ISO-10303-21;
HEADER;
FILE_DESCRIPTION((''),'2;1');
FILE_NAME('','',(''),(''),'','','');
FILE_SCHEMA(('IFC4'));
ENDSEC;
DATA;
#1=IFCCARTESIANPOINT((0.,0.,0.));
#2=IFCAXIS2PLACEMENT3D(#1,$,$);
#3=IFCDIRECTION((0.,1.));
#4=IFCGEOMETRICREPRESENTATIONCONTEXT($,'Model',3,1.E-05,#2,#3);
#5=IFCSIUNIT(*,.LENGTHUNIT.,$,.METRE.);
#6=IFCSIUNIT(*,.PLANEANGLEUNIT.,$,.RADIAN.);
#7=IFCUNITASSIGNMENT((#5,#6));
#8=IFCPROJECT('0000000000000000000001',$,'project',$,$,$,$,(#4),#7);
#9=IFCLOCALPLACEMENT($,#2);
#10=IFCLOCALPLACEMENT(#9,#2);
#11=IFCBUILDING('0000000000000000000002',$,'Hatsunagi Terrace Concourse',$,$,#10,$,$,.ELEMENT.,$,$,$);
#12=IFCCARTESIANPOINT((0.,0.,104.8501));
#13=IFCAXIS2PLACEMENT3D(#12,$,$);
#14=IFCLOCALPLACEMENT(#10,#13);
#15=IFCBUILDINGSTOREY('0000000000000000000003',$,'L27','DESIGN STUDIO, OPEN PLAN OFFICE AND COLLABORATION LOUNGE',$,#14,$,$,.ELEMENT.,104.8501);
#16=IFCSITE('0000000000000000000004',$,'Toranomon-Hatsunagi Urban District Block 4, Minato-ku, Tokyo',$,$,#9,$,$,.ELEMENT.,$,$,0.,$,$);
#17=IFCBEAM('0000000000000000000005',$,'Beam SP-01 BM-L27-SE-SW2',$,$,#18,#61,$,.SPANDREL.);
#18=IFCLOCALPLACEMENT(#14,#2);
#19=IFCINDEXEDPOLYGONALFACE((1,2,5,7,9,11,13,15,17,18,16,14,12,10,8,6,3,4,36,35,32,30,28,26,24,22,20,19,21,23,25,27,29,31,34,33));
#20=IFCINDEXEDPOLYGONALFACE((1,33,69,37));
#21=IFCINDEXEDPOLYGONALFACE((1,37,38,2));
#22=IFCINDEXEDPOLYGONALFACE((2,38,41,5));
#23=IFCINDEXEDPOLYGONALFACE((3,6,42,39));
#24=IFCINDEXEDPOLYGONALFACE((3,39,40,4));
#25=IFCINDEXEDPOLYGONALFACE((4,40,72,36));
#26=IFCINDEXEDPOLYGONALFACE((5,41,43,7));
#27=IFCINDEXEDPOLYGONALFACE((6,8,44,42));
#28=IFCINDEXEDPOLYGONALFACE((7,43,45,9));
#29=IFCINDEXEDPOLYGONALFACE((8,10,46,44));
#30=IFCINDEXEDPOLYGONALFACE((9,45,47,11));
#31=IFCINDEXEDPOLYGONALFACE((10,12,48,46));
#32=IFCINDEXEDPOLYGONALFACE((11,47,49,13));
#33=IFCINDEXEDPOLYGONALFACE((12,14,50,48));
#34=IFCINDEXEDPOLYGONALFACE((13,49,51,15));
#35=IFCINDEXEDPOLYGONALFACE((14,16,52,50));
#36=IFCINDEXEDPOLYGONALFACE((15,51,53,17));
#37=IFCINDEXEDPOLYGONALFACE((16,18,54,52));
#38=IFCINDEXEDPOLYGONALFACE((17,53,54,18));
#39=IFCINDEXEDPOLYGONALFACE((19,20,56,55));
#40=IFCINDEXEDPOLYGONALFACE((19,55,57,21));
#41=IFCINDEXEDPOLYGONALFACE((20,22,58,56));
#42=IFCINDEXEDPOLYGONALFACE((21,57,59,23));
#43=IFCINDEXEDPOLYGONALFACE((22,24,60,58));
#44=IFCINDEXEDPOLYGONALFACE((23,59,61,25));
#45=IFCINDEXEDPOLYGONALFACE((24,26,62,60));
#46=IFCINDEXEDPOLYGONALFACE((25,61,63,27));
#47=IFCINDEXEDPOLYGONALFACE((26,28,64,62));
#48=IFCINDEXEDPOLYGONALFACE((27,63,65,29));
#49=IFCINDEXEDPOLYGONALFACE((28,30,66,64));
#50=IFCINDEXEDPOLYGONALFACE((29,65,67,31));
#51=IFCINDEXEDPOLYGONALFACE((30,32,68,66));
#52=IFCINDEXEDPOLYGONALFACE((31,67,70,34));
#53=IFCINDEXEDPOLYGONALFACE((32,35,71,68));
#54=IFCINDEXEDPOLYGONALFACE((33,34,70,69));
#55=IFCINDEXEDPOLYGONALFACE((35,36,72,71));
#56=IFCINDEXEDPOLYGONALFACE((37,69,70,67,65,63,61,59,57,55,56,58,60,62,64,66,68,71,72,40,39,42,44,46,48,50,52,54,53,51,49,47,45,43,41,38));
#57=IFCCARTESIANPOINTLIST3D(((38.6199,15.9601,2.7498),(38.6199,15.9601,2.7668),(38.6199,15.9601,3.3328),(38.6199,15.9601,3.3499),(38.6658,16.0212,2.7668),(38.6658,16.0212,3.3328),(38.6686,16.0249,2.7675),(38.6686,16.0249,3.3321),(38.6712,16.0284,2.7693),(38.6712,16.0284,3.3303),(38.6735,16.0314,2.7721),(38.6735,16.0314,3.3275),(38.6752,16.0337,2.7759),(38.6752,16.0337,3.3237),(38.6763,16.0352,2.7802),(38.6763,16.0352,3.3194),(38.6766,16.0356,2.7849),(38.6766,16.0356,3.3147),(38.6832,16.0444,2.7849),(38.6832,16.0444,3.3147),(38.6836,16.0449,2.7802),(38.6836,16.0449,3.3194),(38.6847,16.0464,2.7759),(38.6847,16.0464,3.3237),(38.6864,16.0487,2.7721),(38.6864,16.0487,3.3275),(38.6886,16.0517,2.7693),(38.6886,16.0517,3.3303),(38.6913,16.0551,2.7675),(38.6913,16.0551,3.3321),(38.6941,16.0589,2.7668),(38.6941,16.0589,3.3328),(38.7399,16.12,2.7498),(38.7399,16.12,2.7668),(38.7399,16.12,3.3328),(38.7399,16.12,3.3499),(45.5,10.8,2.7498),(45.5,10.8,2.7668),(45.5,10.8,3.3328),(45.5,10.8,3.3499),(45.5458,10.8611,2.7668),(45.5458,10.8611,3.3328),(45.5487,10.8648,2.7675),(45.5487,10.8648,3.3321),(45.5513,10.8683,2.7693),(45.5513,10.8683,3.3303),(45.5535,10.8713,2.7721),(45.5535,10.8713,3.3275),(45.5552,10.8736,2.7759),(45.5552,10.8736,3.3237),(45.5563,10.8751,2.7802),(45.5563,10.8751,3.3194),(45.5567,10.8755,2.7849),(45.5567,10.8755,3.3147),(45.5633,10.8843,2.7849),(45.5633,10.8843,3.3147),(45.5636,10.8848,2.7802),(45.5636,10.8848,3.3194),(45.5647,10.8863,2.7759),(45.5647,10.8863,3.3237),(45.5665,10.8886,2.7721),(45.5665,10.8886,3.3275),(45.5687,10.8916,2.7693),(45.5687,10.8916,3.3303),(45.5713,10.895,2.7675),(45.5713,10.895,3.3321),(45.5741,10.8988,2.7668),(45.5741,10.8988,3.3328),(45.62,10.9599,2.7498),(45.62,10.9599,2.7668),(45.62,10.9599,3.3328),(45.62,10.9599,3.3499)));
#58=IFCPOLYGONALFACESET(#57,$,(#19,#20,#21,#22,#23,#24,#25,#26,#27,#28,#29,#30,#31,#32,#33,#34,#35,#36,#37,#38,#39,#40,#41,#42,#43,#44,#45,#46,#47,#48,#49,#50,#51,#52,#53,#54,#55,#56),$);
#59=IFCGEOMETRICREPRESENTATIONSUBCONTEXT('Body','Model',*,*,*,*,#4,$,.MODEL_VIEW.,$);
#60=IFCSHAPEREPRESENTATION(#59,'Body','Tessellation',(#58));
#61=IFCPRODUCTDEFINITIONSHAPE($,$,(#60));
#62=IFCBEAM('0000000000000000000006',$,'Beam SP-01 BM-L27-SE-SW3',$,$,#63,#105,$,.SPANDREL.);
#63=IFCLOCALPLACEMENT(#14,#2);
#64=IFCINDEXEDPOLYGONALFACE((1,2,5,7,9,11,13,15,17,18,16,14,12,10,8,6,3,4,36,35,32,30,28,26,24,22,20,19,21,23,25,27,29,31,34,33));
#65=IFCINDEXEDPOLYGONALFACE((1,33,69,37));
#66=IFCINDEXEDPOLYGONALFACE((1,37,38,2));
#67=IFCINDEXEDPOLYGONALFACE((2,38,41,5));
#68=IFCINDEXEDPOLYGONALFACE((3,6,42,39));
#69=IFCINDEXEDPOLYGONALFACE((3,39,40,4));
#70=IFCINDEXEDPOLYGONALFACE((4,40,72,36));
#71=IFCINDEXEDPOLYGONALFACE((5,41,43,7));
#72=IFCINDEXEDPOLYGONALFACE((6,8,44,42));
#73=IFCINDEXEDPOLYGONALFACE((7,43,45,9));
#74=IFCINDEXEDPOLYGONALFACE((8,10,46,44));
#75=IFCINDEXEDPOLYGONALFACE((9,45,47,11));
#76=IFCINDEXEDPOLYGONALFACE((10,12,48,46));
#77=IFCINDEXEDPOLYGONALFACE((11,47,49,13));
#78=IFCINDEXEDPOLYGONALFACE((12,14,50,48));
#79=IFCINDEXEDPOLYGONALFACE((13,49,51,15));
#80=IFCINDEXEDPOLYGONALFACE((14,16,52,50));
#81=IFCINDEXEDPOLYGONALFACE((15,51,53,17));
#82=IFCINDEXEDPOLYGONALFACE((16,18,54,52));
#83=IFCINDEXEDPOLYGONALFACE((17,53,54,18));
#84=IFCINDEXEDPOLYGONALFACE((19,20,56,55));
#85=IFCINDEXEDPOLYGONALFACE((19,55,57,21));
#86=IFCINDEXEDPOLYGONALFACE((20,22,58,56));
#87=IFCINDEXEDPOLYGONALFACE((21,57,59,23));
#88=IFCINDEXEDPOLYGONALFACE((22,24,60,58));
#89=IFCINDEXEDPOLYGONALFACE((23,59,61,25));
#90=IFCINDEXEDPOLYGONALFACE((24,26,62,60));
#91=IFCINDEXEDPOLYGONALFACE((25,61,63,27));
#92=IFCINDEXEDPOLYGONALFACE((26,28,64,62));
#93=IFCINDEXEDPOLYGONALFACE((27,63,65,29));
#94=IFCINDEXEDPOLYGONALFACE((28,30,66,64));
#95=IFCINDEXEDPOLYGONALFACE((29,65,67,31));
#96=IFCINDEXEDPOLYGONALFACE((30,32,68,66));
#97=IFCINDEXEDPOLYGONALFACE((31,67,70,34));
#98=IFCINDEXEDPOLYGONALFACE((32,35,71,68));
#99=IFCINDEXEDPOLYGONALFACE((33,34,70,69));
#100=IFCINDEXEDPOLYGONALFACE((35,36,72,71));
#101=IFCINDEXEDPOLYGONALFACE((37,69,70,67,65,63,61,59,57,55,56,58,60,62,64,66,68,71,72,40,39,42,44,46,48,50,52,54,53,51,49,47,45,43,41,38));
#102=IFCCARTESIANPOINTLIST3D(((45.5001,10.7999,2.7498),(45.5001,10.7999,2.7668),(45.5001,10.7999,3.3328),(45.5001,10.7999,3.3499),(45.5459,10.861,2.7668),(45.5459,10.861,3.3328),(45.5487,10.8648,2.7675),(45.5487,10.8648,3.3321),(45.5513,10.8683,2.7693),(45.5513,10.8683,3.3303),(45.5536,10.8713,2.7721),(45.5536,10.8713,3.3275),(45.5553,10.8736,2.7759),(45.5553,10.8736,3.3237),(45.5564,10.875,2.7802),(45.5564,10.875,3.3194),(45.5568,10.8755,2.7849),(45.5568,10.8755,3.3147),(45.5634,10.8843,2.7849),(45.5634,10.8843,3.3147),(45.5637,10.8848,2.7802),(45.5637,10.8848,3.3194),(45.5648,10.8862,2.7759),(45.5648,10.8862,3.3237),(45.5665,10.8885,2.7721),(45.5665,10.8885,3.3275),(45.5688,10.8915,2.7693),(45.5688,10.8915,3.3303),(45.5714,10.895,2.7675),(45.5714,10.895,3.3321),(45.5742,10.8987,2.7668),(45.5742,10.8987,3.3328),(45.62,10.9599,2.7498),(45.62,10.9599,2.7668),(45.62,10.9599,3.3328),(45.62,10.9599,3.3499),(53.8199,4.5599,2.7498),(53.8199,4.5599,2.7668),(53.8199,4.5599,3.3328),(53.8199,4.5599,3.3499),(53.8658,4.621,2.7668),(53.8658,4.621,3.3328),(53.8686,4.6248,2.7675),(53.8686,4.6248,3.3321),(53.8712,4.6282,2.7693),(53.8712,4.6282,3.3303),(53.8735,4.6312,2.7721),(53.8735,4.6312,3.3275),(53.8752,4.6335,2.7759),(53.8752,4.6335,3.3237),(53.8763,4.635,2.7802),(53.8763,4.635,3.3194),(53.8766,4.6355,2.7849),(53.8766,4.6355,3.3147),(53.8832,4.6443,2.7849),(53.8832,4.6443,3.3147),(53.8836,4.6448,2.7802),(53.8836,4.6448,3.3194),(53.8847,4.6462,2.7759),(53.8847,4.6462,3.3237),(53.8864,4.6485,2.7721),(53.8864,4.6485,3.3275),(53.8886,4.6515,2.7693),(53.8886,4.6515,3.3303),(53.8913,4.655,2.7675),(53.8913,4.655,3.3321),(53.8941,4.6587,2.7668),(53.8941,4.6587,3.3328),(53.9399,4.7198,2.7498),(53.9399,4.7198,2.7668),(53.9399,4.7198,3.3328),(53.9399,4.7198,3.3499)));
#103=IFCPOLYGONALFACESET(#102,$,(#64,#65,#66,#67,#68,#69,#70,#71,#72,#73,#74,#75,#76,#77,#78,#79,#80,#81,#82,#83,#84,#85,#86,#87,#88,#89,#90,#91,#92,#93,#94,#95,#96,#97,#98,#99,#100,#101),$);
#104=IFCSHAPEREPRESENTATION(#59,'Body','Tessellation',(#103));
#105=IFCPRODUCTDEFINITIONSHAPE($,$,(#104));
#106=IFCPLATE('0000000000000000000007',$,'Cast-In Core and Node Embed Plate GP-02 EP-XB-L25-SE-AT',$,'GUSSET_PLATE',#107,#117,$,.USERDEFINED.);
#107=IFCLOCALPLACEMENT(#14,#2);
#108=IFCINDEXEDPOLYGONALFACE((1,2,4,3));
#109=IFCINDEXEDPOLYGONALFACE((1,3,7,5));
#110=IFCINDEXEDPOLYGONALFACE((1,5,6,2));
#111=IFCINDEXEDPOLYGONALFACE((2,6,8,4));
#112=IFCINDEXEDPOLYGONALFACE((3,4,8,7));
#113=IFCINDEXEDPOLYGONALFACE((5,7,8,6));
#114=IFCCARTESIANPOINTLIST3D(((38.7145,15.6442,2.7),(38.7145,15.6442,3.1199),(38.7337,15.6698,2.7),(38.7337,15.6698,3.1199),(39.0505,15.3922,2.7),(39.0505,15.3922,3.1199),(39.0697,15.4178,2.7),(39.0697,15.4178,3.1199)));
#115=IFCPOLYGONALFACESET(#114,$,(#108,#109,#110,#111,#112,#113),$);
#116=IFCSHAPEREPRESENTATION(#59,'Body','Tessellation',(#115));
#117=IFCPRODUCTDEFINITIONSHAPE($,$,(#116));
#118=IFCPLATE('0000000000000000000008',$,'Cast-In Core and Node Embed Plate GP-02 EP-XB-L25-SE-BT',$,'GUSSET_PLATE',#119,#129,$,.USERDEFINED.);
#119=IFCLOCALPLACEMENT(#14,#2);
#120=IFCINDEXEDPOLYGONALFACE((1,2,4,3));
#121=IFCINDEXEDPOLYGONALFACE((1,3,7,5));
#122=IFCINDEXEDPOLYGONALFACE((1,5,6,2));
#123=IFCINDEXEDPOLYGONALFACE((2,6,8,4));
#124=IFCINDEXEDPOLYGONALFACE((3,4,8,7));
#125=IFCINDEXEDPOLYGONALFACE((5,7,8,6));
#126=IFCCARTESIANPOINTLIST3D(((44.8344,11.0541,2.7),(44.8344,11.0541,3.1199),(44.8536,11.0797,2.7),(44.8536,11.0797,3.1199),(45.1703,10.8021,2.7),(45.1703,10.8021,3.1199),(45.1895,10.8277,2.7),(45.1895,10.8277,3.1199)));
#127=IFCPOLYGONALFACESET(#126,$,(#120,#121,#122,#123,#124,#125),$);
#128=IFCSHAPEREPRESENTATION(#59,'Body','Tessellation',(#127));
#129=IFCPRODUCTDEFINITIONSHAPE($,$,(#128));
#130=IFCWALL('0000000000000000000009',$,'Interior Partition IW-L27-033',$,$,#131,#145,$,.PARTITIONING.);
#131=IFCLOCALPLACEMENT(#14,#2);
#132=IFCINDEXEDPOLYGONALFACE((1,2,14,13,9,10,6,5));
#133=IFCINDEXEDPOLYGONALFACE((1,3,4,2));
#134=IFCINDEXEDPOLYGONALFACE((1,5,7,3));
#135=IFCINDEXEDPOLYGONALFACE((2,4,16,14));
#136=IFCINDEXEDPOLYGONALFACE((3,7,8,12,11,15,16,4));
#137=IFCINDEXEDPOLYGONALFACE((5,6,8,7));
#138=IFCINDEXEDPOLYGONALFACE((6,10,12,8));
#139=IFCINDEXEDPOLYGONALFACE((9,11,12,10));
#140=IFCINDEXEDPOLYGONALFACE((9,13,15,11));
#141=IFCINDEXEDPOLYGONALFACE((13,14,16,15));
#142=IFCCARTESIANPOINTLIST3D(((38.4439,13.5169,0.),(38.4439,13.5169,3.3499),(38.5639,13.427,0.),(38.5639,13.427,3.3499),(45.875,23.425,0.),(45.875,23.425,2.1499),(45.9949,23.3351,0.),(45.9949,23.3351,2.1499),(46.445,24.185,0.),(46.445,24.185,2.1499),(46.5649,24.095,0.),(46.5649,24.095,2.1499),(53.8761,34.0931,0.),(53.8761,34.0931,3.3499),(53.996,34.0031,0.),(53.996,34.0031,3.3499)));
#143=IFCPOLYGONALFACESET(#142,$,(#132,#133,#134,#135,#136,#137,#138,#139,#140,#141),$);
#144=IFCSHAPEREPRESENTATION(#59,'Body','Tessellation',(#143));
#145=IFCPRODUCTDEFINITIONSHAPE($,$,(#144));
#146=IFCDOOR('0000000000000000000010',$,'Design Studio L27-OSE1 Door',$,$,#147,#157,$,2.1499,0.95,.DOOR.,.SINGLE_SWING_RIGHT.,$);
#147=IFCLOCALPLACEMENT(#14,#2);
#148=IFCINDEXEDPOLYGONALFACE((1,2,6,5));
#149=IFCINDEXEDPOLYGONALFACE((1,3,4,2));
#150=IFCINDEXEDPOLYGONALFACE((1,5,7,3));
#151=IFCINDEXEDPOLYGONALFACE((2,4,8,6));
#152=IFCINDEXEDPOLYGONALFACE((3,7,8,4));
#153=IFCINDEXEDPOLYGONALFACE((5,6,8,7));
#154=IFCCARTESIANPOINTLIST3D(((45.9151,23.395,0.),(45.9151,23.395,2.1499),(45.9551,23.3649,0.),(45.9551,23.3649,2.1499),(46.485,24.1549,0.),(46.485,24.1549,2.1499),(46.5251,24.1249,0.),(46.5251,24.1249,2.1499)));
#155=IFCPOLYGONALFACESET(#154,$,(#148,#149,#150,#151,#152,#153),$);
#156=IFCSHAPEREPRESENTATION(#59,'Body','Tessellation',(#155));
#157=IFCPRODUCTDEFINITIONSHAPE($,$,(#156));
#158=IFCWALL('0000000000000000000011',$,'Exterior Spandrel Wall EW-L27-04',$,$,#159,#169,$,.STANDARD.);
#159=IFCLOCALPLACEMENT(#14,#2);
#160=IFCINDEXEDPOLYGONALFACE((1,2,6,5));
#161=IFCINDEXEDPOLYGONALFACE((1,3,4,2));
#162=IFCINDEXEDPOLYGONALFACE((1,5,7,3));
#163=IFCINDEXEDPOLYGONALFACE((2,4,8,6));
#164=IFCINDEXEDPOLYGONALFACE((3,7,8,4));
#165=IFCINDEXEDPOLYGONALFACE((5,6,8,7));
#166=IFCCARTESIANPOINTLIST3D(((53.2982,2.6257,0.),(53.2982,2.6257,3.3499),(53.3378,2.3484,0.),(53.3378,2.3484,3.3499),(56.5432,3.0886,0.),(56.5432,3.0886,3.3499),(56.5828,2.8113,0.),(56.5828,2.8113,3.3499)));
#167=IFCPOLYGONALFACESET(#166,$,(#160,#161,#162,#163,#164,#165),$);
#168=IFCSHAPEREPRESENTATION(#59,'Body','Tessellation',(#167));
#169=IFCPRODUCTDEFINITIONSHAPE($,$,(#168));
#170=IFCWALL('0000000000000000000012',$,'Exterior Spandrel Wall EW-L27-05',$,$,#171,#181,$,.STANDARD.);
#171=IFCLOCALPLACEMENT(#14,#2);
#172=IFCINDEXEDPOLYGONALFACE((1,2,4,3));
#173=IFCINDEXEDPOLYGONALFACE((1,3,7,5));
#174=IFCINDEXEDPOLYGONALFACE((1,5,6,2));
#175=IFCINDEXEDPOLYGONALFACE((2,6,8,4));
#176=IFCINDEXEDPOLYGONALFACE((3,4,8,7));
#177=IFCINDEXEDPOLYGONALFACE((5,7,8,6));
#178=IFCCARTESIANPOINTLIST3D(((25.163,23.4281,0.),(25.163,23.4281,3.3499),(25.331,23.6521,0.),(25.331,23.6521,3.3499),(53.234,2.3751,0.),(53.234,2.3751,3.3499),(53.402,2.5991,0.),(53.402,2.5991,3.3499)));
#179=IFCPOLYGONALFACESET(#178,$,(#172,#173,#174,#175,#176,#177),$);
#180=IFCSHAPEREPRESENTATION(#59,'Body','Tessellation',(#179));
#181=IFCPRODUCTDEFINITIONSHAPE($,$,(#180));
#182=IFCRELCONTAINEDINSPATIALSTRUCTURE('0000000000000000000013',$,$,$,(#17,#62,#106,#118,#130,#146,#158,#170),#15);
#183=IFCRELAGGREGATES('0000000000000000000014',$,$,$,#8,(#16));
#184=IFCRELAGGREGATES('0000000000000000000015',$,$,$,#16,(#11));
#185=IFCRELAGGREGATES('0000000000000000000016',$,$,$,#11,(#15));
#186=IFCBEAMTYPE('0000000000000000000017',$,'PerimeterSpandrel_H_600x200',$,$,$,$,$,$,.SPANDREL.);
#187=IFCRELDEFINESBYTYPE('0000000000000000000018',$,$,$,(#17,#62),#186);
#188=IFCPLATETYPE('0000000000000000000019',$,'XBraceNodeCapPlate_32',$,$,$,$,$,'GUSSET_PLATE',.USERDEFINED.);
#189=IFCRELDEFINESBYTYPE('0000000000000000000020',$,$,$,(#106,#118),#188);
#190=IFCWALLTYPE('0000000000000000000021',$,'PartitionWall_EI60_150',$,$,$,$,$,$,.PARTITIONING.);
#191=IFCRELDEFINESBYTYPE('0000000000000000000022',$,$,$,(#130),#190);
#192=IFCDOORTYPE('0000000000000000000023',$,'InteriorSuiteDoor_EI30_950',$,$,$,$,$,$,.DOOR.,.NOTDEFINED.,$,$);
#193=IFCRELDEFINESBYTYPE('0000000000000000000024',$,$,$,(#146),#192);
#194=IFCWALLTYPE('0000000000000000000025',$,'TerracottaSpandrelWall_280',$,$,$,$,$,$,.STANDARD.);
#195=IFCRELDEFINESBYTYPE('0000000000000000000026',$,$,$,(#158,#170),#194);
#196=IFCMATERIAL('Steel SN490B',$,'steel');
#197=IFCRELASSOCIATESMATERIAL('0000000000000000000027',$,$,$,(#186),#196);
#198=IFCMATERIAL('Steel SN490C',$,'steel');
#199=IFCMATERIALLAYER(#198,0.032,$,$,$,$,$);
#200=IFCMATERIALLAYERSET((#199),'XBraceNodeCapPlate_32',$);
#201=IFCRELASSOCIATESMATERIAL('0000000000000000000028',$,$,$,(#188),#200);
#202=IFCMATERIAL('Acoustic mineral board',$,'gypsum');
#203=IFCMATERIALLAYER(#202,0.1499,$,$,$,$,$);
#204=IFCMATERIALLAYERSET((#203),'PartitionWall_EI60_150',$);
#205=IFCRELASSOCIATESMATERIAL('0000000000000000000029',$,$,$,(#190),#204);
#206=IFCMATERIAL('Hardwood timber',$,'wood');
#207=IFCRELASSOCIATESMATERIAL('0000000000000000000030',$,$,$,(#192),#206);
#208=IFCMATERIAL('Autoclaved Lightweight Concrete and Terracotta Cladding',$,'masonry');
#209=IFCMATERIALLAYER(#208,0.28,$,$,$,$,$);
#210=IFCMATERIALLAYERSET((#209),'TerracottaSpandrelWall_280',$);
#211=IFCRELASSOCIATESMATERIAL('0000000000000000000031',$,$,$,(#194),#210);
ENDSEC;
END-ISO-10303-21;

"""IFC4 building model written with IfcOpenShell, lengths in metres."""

from ifc_helpers import new_model, si_unit, direction, frame, frame_2d, origin, origin_2d, place, context, subcontext, project, spatial, rectangle, i_section, extrude, material, layer, layer_set, material_profile, profile_set, type_object, element, fill, save


model = new_model("IFC4")

# Units and contexts
model_context = context("Model", 3, precision=1e-05, world=origin(), true_north=direction((0.0, 1.0)))
body_context = subcontext(model_context, "Body", "Model", "MODEL_VIEW")
ifc_project = project(units=[si_unit("LENGTHUNIT", "METRE"), si_unit("PLANEANGLEUNIT", "RADIAN")], contexts=[model_context])

# Site, building, storey
site_placement = place(None, origin())
site = spatial("IfcSite", under=ifc_project, at=site_placement, Name="Toranomon-Hatsunagi Urban District Block 4, Minato-ku, Tokyo", CompositionType="ELEMENT", RefElevation=0.0)
building_placement = place(site_placement, origin())
building = spatial("IfcBuilding", under=site, at=building_placement, Name="Hatsunagi Terrace Concourse", CompositionType="ELEMENT")
storey_placement = place(building_placement, frame((0.0, 0.0, 104.8501)))
storey = spatial("IfcBuildingStorey", under=building, at=storey_placement, Name="L27", Description="DESIGN STUDIO, OPEN PLAN OFFICE AND COLLABORATION LOUNGE", CompositionType="ELEMENT", Elevation=104.8501)

# Beams
ifc_material_1 = material(Name="Steel SN490B", Category="steel")
ifc_material_profile_1 = material_profile(ifc_material_1, i_section(OverallWidth=0.2, OverallDepth=0.6001, WebThickness=0.011, FlangeThickness=0.0171, FilletRadius=0.0181, at=origin_2d()), Name="H-600x200x11x17")
ifc_profile_set_1 = profile_set([ifc_material_profile_1], Name="Steel SN490B")
beam_type_1 = type_object("IfcBeamType", Name="PerimeterSpandrel_H_600x200", PredefinedType="SPANDREL", material=ifc_profile_set_1)
beam_1_placement = place(storey_placement, frame((38.6799, 16.04, 3.0498), z_axis=(0.799997, -0.600005, 0.0), x_axis=(0.600005, 0.799997, 0.0)))
element("IfcBeam", 1, at=beam_1_placement, inside=storey, type_object=beam_type_1, Name="Beam SP-01 BM-L27-SE-SW2", PredefinedType="SPANDREL", context=body_context, shape_type="SweptSolid", body=[
    extrude(i_section(OverallWidth=0.2, OverallDepth=0.6001, WebThickness=0.011, FlangeThickness=0.0171, FilletRadius=0.0181, at=origin_2d()), origin(), (0.0, 0.0, 1.0), 8.6001),
])
beam_2_placement = place(storey_placement, frame((45.5601, 10.8799, 3.0498), z_axis=(0.799994, -0.600008, 0.0), x_axis=(0.600008, 0.799994, 0.0)))
element("IfcBeam", 2, at=beam_2_placement, inside=storey, type_object=beam_type_1, Name="Beam SP-01 BM-L27-SE-SW3", PredefinedType="SPANDREL", context=body_context, shape_type="SweptSolid", body=[
    extrude(i_section(OverallWidth=0.2, OverallDepth=0.6001, WebThickness=0.011, FlangeThickness=0.0171, FilletRadius=0.0181, at=origin_2d()), origin(), (0.0, 0.0, 1.0), 10.3999),
])

# Plates
ifc_material_2 = material(Name="Steel SN490C", Category="steel")
ifc_layer_1 = layer(ifc_material_2, 0.032)
ifc_layer_set_1 = layer_set([ifc_layer_1], Name="XBraceNodeCapPlate_32")
plate_type = type_object("IfcPlateType", Name="XBraceNodeCapPlate_32", ElementType="GUSSET_PLATE", PredefinedType="USERDEFINED", material=ifc_layer_set_1)
for number, where, z_axis, x_axis, name in (
    (3, (38.8921, 15.531, 2.7), (0.0, 0.0, 1.0), (0.8, -0.6, 0.0), "Cast-In Core and Node Embed Plate GP-02 EP-XB-L25-SE-AT"),
    (4, (45.012, 10.9409, 2.7), (0.0, 0.0, 1.0), (0.8, -0.6, 0.0), "Cast-In Core and Node Embed Plate GP-02 EP-XB-L25-SE-BT"),
):
    element("IfcPlate", number, at=place(storey_placement, frame(where, z_axis=z_axis, x_axis=x_axis)), inside=storey, type_object=plate_type, Name=name, ObjectType="GUSSET_PLATE", PredefinedType="USERDEFINED", context=body_context, shape_type="SweptSolid", body=[
        extrude(rectangle(XDim=0.4199, YDim=0.032, at=origin_2d()), origin(), (0.0, 0.0, 1.0), 0.4199),
    ])

# Wall, opening, door
ifc_material_3 = material(Name="Acoustic mineral board", Category="gypsum")
ifc_layer_2 = layer(ifc_material_3, 0.1499)
ifc_layer_set_2 = layer_set([ifc_layer_2], Name="PartitionWall_EI60_150")
wall_type_1 = type_object("IfcWallType", Name="PartitionWall_EI60_150", PredefinedType="PARTITIONING", material=ifc_layer_set_2)
wall_1_placement = place(storey_placement, frame((38.5039, 13.4719, 0.0), z_axis=(0.0, 0.0, 1.0), x_axis=(0.6, 0.8, 0.0)))
wall_1 = element("IfcWall", 5, at=wall_1_placement, inside=storey, type_object=wall_type_1, Name="Interior Partition IW-L27-033", PredefinedType="PARTITIONING", context=body_context, shape_type="SweptSolid", body=[
    extrude(rectangle(XDim=25.7202, YDim=0.1499, at=frame_2d((12.8601, 0.0))), origin(), (0.0, 0.0, 1.0), 3.3499),
])
opening_placement = place(wall_1_placement, frame((12.385, 0.0, 0.0)))
opening = element("IfcOpeningElement", 6, at=opening_placement, cuts=wall_1, PredefinedType="OPENING", context=body_context, shape_type="SweptSolid", body=[
    extrude(rectangle(XDim=0.95, YDim=2.1499, at=frame_2d((0.4751, 1.075))), frame((0.0, 0.085, 0.0), z_axis=(0.0, -1.0, 0.0), x_axis=(1.0, 0.0, 0.0)), (0.0, 0.0, 1.0), 0.1699),
])
ifc_material_4 = material(Name="Hardwood timber", Category="wood")
door_type = type_object("IfcDoorType", Name="InteriorSuiteDoor_EI30_950", OperationType="NOTDEFINED", PredefinedType="DOOR", material=ifc_material_4)
door_placement = place(opening_placement, origin())
door = element("IfcDoor", 7, at=door_placement, inside=storey, type_object=door_type, Name="Design Studio L27-OSE1 Door", OperationType="SINGLE_SWING_RIGHT", OverallHeight=2.1499, OverallWidth=0.95, PredefinedType="DOOR", context=body_context, shape_type="SweptSolid", body=[
    extrude(rectangle(XDim=0.95, YDim=2.1499, at=frame_2d((0.4751, 1.075))), frame((0.0, 0.0249, 0.0), z_axis=(0.0, -1.0, 0.0), x_axis=(1.0, 0.0, 0.0)), (0.0, 0.0, 1.0), 0.05),
])
fill(opening, door)

# Walls
ifc_material_5 = material(Name="Autoclaved Lightweight Concrete and Terracotta Cladding", Category="masonry")
ifc_layer_3 = layer(ifc_material_5, 0.28)
ifc_layer_set_3 = layer_set([ifc_layer_3], Name="TerracottaSpandrelWall_280")
wall_type_2 = type_object("IfcWallType", Name="TerracottaSpandrelWall_280", PredefinedType="STANDARD", material=ifc_layer_set_3)
wall_2_placement = place(storey_placement, frame((56.563, 2.95, 0.0), z_axis=(0.0, 0.0, 1.0), x_axis=(-0.989978, -0.141223, 0.0)))
element("IfcWall", 8, at=wall_2_placement, inside=storey, type_object=wall_type_2, Name="Exterior Spandrel Wall EW-L27-04", PredefinedType="STANDARD", context=body_context, shape_type="SweptSolid", body=[
    extrude(rectangle(XDim=3.2778, YDim=0.28, at=frame_2d((1.6389, 0.0))), origin(), (0.0, 0.0, 1.0), 3.3499),
])
wall_3_placement = place(storey_placement, frame((53.3181, 2.4871, 0.0), z_axis=(0.0, 0.0, 1.0), x_axis=(-0.800004, 0.599994, 0.0)))
element("IfcWall", 9, at=wall_3_placement, inside=storey, type_object=wall_type_2, Name="Exterior Spandrel Wall EW-L27-05", PredefinedType="STANDARD", context=body_context, shape_type="SweptSolid", body=[
    extrude(rectangle(XDim=35.0886, YDim=0.28, at=frame_2d((17.5444, 0.0))), origin(), (0.0, 0.0, 1.0), 3.3499),
])

save(model, "model.ifc")
